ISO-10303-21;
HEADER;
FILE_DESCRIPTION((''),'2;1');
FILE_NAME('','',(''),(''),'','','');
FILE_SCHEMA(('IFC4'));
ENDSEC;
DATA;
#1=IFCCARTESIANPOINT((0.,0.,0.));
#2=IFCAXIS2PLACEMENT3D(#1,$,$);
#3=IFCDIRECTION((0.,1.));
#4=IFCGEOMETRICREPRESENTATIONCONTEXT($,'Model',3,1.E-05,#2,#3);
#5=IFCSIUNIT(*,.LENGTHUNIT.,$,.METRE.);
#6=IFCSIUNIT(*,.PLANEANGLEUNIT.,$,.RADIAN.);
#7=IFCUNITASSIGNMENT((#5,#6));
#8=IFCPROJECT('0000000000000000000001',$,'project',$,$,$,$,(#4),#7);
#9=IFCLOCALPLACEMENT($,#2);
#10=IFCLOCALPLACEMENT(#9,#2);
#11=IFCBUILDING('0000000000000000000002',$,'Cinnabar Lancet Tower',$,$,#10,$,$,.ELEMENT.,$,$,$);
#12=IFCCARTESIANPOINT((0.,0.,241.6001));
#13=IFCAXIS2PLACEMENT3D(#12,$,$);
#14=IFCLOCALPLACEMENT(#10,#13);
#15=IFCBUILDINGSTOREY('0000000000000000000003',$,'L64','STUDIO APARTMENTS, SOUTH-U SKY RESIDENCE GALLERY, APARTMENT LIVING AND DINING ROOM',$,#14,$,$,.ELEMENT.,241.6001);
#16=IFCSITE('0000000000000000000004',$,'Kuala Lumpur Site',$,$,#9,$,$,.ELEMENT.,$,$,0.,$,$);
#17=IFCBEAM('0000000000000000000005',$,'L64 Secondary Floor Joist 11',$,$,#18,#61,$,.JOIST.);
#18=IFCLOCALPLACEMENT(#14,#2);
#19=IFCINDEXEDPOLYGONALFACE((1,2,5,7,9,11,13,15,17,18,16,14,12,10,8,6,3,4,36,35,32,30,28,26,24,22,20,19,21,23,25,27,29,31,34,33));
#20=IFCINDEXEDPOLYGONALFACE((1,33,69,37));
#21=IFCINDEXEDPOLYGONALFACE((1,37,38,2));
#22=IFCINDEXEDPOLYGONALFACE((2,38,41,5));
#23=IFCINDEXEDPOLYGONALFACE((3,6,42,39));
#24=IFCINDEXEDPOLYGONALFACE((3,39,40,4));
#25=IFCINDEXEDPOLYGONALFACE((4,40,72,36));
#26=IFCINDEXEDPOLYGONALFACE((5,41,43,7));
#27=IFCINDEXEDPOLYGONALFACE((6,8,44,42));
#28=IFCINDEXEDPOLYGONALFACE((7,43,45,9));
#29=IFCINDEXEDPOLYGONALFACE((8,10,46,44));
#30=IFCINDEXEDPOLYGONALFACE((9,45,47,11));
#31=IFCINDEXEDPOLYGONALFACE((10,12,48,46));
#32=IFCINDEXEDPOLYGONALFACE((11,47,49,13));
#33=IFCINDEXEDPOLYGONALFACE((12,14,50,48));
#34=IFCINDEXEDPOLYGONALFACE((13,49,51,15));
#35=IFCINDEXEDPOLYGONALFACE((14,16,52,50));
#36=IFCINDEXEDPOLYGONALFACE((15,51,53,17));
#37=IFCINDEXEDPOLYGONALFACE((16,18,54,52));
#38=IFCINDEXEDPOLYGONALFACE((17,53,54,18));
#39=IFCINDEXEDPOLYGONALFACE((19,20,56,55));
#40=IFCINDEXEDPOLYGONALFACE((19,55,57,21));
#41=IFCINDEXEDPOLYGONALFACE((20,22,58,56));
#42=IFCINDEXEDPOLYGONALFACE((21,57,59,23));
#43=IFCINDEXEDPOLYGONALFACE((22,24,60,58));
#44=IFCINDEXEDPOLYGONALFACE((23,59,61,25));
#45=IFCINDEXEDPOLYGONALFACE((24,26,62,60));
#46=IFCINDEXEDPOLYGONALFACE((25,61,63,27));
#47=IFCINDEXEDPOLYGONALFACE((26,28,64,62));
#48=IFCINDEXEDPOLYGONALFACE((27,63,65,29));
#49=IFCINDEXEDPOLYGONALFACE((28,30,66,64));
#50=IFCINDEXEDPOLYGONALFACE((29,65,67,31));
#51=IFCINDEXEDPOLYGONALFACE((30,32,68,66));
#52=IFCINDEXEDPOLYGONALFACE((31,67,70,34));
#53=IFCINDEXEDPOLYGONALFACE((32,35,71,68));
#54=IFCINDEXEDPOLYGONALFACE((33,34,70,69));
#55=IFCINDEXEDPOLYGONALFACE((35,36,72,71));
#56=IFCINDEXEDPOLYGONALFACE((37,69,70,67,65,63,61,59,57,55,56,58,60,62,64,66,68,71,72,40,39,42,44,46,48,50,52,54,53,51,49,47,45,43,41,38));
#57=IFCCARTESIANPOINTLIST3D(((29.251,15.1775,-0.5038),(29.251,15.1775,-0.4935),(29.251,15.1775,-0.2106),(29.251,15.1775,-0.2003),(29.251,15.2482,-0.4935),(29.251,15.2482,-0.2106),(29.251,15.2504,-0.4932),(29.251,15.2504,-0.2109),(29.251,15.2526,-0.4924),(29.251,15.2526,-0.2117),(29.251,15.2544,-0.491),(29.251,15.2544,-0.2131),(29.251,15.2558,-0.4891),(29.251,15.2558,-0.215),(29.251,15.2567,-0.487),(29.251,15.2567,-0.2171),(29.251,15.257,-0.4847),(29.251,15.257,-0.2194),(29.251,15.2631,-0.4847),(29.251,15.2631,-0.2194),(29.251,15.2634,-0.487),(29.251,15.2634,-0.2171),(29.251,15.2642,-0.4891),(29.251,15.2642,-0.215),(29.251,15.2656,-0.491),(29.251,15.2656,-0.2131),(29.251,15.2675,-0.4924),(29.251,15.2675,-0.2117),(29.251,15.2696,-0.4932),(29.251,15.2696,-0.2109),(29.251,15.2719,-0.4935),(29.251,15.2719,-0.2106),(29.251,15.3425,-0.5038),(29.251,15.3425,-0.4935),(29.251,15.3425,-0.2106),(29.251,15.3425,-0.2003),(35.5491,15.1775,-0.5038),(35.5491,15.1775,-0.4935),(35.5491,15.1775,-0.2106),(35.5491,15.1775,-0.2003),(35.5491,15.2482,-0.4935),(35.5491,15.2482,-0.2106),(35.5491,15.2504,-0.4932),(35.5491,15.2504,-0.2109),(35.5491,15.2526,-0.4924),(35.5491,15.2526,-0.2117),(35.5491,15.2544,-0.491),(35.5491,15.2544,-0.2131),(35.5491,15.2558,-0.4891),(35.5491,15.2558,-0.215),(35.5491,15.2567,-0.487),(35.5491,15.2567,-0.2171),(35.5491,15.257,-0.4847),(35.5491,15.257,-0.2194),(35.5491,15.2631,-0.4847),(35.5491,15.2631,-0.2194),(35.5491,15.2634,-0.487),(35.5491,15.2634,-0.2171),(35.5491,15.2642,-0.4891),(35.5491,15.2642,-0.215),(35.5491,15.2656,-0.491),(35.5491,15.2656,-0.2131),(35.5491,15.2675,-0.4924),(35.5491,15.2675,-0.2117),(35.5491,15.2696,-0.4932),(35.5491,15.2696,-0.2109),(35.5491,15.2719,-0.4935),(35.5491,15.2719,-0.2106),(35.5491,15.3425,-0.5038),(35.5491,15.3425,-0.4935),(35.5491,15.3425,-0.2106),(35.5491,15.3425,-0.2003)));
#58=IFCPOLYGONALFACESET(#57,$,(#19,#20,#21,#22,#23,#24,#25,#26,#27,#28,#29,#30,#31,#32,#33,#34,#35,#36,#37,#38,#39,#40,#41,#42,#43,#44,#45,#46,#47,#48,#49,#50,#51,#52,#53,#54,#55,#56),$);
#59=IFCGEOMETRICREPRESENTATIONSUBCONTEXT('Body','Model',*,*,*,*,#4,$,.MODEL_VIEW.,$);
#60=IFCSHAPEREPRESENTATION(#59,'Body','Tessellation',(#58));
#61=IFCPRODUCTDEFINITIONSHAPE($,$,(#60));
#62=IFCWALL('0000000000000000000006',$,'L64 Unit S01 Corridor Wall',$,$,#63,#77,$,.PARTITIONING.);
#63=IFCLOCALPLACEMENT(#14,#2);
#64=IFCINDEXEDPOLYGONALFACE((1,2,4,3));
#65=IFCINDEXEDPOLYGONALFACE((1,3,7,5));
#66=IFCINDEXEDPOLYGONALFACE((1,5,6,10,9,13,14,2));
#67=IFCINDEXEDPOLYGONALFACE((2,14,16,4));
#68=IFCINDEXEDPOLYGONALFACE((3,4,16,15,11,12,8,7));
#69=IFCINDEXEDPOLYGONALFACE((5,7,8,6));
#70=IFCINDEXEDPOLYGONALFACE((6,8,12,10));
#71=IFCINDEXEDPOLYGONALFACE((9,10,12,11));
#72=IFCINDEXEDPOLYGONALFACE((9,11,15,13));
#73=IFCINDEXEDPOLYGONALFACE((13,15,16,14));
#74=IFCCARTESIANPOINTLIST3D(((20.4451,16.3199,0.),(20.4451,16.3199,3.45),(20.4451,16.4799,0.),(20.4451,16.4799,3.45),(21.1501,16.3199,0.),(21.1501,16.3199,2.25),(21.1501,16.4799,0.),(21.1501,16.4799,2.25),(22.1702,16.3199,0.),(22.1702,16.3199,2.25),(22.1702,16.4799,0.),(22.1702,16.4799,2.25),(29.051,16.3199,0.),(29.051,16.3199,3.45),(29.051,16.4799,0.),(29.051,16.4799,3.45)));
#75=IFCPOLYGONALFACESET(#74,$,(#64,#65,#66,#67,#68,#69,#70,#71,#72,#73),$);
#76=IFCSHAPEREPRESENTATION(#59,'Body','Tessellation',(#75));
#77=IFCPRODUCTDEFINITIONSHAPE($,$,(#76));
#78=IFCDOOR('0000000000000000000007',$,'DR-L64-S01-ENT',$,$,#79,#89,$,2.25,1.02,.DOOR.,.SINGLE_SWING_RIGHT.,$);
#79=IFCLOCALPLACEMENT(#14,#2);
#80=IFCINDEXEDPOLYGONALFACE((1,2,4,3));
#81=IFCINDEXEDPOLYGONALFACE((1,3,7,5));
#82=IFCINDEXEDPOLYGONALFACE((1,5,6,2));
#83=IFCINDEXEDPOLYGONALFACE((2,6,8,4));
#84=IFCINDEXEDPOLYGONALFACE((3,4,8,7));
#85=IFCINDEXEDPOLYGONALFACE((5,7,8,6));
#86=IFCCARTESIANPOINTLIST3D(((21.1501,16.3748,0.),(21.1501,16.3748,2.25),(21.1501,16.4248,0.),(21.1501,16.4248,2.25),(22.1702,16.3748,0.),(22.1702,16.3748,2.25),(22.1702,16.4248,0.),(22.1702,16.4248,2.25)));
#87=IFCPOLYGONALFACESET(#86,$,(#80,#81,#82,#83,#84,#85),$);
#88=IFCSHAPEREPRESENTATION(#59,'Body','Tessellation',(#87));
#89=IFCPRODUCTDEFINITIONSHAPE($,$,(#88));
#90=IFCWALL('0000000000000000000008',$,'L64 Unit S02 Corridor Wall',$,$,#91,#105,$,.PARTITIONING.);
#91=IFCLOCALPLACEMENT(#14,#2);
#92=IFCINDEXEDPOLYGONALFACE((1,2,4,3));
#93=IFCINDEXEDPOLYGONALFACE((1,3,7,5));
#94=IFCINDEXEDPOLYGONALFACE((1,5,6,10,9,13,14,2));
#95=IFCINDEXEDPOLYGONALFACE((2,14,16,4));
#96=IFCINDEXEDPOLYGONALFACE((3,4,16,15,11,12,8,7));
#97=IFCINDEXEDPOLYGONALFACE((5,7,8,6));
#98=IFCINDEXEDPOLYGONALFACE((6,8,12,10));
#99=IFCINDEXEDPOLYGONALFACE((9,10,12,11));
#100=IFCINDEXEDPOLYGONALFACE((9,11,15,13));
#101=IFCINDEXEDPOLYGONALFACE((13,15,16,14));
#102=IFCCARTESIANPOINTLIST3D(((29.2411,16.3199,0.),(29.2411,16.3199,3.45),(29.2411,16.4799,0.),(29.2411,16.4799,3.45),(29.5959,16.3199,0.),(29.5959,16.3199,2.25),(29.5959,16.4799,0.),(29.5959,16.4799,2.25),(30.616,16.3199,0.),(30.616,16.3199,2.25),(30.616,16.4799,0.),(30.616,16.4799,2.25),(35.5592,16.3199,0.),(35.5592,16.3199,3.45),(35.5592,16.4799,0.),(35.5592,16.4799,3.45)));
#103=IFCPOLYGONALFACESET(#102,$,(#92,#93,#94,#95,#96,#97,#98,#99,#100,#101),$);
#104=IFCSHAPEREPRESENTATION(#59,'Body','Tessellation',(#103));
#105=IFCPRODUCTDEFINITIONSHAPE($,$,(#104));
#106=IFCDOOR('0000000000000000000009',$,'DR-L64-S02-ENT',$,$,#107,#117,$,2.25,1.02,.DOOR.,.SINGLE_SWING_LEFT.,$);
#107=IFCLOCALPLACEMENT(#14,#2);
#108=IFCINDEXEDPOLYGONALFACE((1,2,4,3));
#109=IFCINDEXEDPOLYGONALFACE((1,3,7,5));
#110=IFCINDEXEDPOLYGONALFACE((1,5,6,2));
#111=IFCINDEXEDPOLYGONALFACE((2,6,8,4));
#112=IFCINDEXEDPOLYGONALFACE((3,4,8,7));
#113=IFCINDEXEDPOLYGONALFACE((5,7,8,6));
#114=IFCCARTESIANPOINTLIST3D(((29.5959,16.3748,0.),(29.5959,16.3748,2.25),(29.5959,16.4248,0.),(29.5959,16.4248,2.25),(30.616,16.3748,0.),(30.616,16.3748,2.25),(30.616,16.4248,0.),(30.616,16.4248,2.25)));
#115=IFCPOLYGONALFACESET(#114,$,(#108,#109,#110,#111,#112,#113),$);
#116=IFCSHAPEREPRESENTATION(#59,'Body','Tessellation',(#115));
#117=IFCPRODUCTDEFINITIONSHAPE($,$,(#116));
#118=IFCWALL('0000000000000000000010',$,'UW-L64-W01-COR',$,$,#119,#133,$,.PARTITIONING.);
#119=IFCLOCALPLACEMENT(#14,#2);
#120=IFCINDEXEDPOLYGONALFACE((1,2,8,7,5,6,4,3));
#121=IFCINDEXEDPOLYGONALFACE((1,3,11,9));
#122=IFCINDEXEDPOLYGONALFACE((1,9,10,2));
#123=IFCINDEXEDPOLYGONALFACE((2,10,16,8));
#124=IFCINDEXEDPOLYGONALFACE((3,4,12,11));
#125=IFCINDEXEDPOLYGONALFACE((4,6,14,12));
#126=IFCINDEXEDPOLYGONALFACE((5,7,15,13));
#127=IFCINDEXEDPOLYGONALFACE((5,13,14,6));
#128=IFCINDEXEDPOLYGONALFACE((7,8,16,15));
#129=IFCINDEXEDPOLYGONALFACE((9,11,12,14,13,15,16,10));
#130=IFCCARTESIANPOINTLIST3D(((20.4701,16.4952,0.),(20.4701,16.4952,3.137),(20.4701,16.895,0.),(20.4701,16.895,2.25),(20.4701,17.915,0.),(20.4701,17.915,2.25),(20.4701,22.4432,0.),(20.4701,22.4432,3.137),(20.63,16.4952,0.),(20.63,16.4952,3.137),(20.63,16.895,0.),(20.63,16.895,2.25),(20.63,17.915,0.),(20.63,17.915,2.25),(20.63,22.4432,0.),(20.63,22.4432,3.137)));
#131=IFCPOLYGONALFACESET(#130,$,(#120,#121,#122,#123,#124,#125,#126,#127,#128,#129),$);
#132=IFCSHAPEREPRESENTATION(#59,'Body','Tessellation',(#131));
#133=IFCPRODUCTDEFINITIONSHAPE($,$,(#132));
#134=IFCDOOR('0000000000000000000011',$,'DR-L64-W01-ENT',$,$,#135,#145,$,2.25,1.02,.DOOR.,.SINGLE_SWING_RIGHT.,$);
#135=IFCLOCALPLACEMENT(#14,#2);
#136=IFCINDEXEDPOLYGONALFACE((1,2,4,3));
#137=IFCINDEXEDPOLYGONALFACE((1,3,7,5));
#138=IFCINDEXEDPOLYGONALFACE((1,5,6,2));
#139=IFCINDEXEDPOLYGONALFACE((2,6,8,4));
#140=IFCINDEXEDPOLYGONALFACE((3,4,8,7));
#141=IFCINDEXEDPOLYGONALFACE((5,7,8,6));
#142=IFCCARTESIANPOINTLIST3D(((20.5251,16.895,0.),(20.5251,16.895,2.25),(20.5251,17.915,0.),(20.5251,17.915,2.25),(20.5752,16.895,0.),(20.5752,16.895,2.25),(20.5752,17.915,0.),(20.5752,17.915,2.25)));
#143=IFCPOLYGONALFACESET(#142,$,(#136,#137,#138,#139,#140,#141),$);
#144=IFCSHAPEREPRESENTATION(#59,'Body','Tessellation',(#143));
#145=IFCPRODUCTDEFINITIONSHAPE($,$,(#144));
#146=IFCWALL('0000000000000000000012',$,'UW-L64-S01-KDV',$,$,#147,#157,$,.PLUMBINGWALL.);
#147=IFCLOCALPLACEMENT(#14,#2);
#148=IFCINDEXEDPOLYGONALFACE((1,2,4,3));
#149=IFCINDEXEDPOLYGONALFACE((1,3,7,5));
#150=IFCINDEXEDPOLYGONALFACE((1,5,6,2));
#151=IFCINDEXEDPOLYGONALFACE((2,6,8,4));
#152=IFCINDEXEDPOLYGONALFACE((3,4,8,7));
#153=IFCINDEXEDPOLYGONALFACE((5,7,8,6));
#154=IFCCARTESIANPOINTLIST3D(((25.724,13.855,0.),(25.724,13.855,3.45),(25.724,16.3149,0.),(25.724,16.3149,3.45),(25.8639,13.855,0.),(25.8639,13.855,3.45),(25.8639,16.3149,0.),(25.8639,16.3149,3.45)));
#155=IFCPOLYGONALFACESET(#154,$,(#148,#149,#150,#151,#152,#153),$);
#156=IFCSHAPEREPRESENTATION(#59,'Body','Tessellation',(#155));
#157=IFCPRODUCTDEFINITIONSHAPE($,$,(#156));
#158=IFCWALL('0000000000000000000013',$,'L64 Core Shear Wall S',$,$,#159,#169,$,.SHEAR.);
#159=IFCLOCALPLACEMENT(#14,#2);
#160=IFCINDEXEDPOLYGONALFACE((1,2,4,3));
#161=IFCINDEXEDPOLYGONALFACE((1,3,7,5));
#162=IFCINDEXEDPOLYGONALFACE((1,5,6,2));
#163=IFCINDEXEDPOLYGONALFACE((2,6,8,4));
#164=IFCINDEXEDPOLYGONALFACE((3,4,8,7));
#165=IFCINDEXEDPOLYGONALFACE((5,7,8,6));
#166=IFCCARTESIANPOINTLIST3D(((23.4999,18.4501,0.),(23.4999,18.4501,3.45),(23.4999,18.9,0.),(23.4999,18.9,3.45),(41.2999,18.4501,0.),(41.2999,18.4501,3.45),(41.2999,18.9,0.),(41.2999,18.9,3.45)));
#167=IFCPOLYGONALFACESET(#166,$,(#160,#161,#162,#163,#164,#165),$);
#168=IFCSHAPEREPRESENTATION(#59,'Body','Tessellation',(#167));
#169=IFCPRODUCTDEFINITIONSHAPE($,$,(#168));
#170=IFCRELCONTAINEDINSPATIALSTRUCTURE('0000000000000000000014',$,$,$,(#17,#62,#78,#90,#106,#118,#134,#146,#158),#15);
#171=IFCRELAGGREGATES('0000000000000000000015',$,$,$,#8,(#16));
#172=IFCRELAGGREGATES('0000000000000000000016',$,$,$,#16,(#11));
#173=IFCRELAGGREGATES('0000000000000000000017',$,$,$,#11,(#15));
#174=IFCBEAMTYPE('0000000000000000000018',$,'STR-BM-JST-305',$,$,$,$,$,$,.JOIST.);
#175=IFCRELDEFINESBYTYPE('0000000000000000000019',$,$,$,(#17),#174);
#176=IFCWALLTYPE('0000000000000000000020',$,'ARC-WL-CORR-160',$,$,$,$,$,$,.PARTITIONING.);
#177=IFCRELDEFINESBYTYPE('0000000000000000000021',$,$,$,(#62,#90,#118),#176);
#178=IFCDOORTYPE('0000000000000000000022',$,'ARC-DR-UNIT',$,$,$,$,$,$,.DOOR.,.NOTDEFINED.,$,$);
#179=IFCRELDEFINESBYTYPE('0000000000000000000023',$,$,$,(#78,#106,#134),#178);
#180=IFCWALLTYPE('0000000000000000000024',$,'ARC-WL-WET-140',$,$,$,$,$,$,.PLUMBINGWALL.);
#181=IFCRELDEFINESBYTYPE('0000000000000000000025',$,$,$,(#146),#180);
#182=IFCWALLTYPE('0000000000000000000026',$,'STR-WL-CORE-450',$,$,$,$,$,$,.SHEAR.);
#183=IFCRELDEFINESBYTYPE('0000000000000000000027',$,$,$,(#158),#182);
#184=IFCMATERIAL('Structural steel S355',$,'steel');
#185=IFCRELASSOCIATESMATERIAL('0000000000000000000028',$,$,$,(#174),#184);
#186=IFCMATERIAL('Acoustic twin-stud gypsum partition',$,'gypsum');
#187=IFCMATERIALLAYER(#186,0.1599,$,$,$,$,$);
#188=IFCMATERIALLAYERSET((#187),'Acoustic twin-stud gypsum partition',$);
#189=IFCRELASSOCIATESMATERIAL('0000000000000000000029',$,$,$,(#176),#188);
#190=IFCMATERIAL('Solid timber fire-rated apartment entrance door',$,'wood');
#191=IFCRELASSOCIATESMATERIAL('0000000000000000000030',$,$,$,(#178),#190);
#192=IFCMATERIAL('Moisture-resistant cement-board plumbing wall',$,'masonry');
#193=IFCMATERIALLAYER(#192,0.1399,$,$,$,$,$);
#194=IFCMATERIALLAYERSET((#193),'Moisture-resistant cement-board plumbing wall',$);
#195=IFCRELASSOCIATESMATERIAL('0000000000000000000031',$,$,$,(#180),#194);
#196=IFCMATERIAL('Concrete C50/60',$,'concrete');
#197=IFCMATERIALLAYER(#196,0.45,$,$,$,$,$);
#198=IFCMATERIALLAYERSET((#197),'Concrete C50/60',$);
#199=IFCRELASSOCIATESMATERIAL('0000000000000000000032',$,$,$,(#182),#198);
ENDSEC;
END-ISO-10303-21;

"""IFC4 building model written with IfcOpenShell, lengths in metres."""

from ifc_helpers import new_model, si_unit, direction, frame, frame_2d, origin, origin_2d, place, context, subcontext, project, spatial, rectangle, i_section, extrude, material, layer, layer_set, material_profile, profile_set, type_object, element, fill, save


model = new_model("IFC4")

# Units and contexts
model_context = context("Model", 3, precision=1e-05, world=origin(), true_north=direction((0.0, 1.0)))
body_context = subcontext(model_context, "Body", "Model", "MODEL_VIEW")
ifc_project = project(units=[si_unit("LENGTHUNIT", "METRE"), si_unit("PLANEANGLEUNIT", "RADIAN")], contexts=[model_context])

# Site, building, storey
site_placement = place(None, origin())
site = spatial("IfcSite", under=ifc_project, at=site_placement, Name="Kuala Lumpur Site", CompositionType="ELEMENT", RefElevation=0.0)
building_placement = place(site_placement, origin())
building = spatial("IfcBuilding", under=site, at=building_placement, Name="Cinnabar Lancet Tower", CompositionType="ELEMENT")
storey_placement = place(building_placement, frame((0.0, 0.0, 241.6001)))
storey = spatial("IfcBuildingStorey", under=building, at=storey_placement, Name="L64", Description="STUDIO APARTMENTS, SOUTH-U SKY RESIDENCE GALLERY, APARTMENT LIVING AND DINING ROOM", CompositionType="ELEMENT", Elevation=241.6001)

# Beam
ifc_material_1 = material(Name="Structural steel S355", Category="steel")
ifc_material_profile_1 = material_profile(ifc_material_1, i_section(OverallWidth=0.165, OverallDepth=0.3035, WebThickness=0.0061, FlangeThickness=0.0103, FilletRadius=0.0088, at=origin_2d()), Name="UKB 305x165x40")
ifc_profile_set_1 = profile_set([ifc_material_profile_1], Name="Structural steel S355")
beam_type = type_object("IfcBeamType", Name="STR-BM-JST-305", PredefinedType="JOIST", material=ifc_profile_set_1)
beam_1_placement = place(storey_placement, frame((29.251, 15.26, -0.3521), z_axis=(1.0, 0.0, 0.0), x_axis=(0.0, 1.0, 0.0)))
element("IfcBeam", 1, at=beam_1_placement, inside=storey, type_object=beam_type, Name="L64 Secondary Floor Joist 11", PredefinedType="JOIST", context=body_context, shape_type="SweptSolid", body=[
    extrude(i_section(OverallWidth=0.165, OverallDepth=0.3035, WebThickness=0.0061, FlangeThickness=0.0103, FilletRadius=0.0088, at=origin_2d()), origin(), (0.0, 0.0, 1.0), 6.2981),
])

# Walls, openings, doors
ifc_material_2 = material(Name="Acoustic twin-stud gypsum partition", Category="gypsum")
ifc_layer_1 = layer(ifc_material_2, 0.1599)
ifc_layer_set_1 = layer_set([ifc_layer_1], Name="Acoustic twin-stud gypsum partition")
wall_type_1 = type_object("IfcWallType", Name="ARC-WL-CORR-160", PredefinedType="PARTITIONING", material=ifc_layer_set_1)
wall_1_placement = place(storey_placement, frame((20.4451, 16.3999, 0.0), z_axis=(0.0, 0.0, 1.0), x_axis=(1.0, 0.0, 0.0)))
wall_1 = element("IfcWall", 2, at=wall_1_placement, inside=storey, type_object=wall_type_1, Name="L64 Unit S01 Corridor Wall", PredefinedType="PARTITIONING", context=body_context, shape_type="SweptSolid", body=[
    extrude(rectangle(XDim=8.606, YDim=0.1599, at=frame_2d((4.303, 0.0))), origin(), (0.0, 0.0, 1.0), 3.45),
])
opening_1_placement = place(wall_1_placement, frame((0.7051, 0.0, 0.0)))
opening_1 = element("IfcOpeningElement", 3, at=opening_1_placement, cuts=wall_1, PredefinedType="OPENING", context=body_context, shape_type="SweptSolid", body=[
    extrude(rectangle(XDim=1.02, YDim=2.25, at=frame_2d((0.51, 1.125))), frame((0.0, 0.0898, 0.0), z_axis=(0.0, -1.0, 0.0), x_axis=(1.0, 0.0, 0.0)), (0.0, 0.0, 1.0), 0.1799),
])
ifc_material_3 = material(Name="Solid timber fire-rated apartment entrance door", Category="wood")
door_type = type_object("IfcDoorType", Name="ARC-DR-UNIT", OperationType="NOTDEFINED", PredefinedType="DOOR", material=ifc_material_3)
door_1_placement = place(opening_1_placement, origin())
door_1 = element("IfcDoor", 4, at=door_1_placement, inside=storey, type_object=door_type, Name="DR-L64-S01-ENT", OperationType="SINGLE_SWING_RIGHT", OverallHeight=2.25, OverallWidth=1.02, PredefinedType="DOOR", context=body_context, shape_type="SweptSolid", body=[
    extrude(rectangle(XDim=1.02, YDim=2.25, at=frame_2d((0.51, 1.125))), frame((0.0, 0.0249, 0.0), z_axis=(0.0, -1.0, 0.0), x_axis=(1.0, 0.0, 0.0)), (0.0, 0.0, 1.0), 0.05),
])
fill(opening_1, door_1)
wall_2_placement = place(storey_placement, frame((29.241, 16.3999, 0.0), z_axis=(0.0, 0.0, 1.0), x_axis=(1.0, 0.0, 0.0)))
wall_2 = element("IfcWall", 5, at=wall_2_placement, inside=storey, type_object=wall_type_1, Name="L64 Unit S02 Corridor Wall", PredefinedType="PARTITIONING", context=body_context, shape_type="SweptSolid", body=[
    extrude(rectangle(XDim=6.3181, YDim=0.1599, at=frame_2d((3.1592, 0.0))), origin(), (0.0, 0.0, 1.0), 3.45),
])
opening_2_placement = place(wall_2_placement, frame((0.355, 0.0, 0.0)))
opening_2 = element("IfcOpeningElement", 6, at=opening_2_placement, cuts=wall_2, PredefinedType="OPENING", context=body_context, shape_type="SweptSolid", body=[
    extrude(rectangle(XDim=1.02, YDim=2.25, at=frame_2d((0.51, 1.125))), frame((0.0, 0.0898, 0.0), z_axis=(0.0, -1.0, 0.0), x_axis=(1.0, 0.0, 0.0)), (0.0, 0.0, 1.0), 0.1799),
])
door_2_placement = place(opening_2_placement, origin())
door_2 = element("IfcDoor", 7, at=door_2_placement, inside=storey, type_object=door_type, Name="DR-L64-S02-ENT", OperationType="SINGLE_SWING_LEFT", OverallHeight=2.25, OverallWidth=1.02, PredefinedType="DOOR", context=body_context, shape_type="SweptSolid", body=[
    extrude(rectangle(XDim=1.02, YDim=2.25, at=frame_2d((0.51, 1.125))), frame((0.0, 0.0249, 0.0), z_axis=(0.0, -1.0, 0.0), x_axis=(1.0, 0.0, 0.0)), (0.0, 0.0, 1.0), 0.05),
])
fill(opening_2, door_2)
wall_3_placement = place(storey_placement, frame((20.55, 16.4951, 0.0), z_axis=(0.0, 0.0, 1.0), x_axis=(0.0, 1.0, 0.0)))
wall_3 = element("IfcWall", 8, at=wall_3_placement, inside=storey, type_object=wall_type_1, Name="UW-L64-W01-COR", PredefinedType="PARTITIONING", context=body_context, shape_type="SweptSolid", body=[
    extrude(rectangle(XDim=5.948, YDim=0.1599, at=frame_2d((2.9741, 0.0))), origin(), (0.0, 0.0, 1.0), 3.137),
])
opening_3_placement = place(wall_3_placement, frame((0.3999, 0.0, 0.0)))
opening_3 = element("IfcOpeningElement", 9, at=opening_3_placement, cuts=wall_3, PredefinedType="OPENING", context=body_context, shape_type="SweptSolid", body=[
    extrude(rectangle(XDim=1.02, YDim=2.25, at=frame_2d((0.51, 1.125))), frame((0.0, 0.0898, 0.0), z_axis=(0.0, -1.0, 0.0), x_axis=(1.0, 0.0, 0.0)), (0.0, 0.0, 1.0), 0.1799),
])
door_3_placement = place(opening_3_placement, origin())
door_3 = element("IfcDoor", 10, at=door_3_placement, inside=storey, type_object=door_type, Name="DR-L64-W01-ENT", OperationType="SINGLE_SWING_RIGHT", OverallHeight=2.25, OverallWidth=1.02, PredefinedType="DOOR", context=body_context, shape_type="SweptSolid", body=[
    extrude(rectangle(XDim=1.02, YDim=2.25, at=frame_2d((0.51, 1.125))), frame((0.0, 0.0249, 0.0), z_axis=(0.0, -1.0, 0.0), x_axis=(1.0, 0.0, 0.0)), (0.0, 0.0, 1.0), 0.05),
])
fill(opening_3, door_3)

# Walls
ifc_material_4 = material(Name="Moisture-resistant cement-board plumbing wall", Category="masonry")
ifc_layer_2 = layer(ifc_material_4, 0.1399)
ifc_layer_set_2 = layer_set([ifc_layer_2], Name="Moisture-resistant cement-board plumbing wall")
wall_type_2 = type_object("IfcWallType", Name="ARC-WL-WET-140", PredefinedType="PLUMBINGWALL", material=ifc_layer_set_2)
wall_4_placement = place(storey_placement, frame((25.7939, 13.855, 0.0), z_axis=(0.0, 0.0, 1.0), x_axis=(0.0, 1.0, 0.0)))
element("IfcWall", 11, at=wall_4_placement, inside=storey, type_object=wall_type_2, Name="UW-L64-S01-KDV", PredefinedType="PLUMBINGWALL", context=body_context, shape_type="SweptSolid", body=[
    extrude(rectangle(XDim=2.46, YDim=0.1399, at=frame_2d((1.23, 0.0))), origin(), (0.0, 0.0, 1.0), 3.45),
])
ifc_material_5 = material(Name="Concrete C50/60", Category="concrete")
ifc_layer_3 = layer(ifc_material_5, 0.45)
ifc_layer_set_3 = layer_set([ifc_layer_3], Name="Concrete C50/60")
wall_type_3 = type_object("IfcWallType", Name="STR-WL-CORE-450", PredefinedType="SHEAR", material=ifc_layer_set_3)
wall_5_placement = place(storey_placement, frame((23.5, 18.675, 0.0), z_axis=(0.0, 0.0, 1.0), x_axis=(1.0, 0.0, 0.0)))
element("IfcWall", 12, at=wall_5_placement, inside=storey, type_object=wall_type_3, Name="L64 Core Shear Wall S", PredefinedType="SHEAR", context=body_context, shape_type="SweptSolid", body=[
    extrude(rectangle(XDim=17.8, YDim=0.45, at=frame_2d((8.8999, 0.0))), origin(), (0.0, 0.0, 1.0), 3.45),
])

save(model, "model.ifc")
